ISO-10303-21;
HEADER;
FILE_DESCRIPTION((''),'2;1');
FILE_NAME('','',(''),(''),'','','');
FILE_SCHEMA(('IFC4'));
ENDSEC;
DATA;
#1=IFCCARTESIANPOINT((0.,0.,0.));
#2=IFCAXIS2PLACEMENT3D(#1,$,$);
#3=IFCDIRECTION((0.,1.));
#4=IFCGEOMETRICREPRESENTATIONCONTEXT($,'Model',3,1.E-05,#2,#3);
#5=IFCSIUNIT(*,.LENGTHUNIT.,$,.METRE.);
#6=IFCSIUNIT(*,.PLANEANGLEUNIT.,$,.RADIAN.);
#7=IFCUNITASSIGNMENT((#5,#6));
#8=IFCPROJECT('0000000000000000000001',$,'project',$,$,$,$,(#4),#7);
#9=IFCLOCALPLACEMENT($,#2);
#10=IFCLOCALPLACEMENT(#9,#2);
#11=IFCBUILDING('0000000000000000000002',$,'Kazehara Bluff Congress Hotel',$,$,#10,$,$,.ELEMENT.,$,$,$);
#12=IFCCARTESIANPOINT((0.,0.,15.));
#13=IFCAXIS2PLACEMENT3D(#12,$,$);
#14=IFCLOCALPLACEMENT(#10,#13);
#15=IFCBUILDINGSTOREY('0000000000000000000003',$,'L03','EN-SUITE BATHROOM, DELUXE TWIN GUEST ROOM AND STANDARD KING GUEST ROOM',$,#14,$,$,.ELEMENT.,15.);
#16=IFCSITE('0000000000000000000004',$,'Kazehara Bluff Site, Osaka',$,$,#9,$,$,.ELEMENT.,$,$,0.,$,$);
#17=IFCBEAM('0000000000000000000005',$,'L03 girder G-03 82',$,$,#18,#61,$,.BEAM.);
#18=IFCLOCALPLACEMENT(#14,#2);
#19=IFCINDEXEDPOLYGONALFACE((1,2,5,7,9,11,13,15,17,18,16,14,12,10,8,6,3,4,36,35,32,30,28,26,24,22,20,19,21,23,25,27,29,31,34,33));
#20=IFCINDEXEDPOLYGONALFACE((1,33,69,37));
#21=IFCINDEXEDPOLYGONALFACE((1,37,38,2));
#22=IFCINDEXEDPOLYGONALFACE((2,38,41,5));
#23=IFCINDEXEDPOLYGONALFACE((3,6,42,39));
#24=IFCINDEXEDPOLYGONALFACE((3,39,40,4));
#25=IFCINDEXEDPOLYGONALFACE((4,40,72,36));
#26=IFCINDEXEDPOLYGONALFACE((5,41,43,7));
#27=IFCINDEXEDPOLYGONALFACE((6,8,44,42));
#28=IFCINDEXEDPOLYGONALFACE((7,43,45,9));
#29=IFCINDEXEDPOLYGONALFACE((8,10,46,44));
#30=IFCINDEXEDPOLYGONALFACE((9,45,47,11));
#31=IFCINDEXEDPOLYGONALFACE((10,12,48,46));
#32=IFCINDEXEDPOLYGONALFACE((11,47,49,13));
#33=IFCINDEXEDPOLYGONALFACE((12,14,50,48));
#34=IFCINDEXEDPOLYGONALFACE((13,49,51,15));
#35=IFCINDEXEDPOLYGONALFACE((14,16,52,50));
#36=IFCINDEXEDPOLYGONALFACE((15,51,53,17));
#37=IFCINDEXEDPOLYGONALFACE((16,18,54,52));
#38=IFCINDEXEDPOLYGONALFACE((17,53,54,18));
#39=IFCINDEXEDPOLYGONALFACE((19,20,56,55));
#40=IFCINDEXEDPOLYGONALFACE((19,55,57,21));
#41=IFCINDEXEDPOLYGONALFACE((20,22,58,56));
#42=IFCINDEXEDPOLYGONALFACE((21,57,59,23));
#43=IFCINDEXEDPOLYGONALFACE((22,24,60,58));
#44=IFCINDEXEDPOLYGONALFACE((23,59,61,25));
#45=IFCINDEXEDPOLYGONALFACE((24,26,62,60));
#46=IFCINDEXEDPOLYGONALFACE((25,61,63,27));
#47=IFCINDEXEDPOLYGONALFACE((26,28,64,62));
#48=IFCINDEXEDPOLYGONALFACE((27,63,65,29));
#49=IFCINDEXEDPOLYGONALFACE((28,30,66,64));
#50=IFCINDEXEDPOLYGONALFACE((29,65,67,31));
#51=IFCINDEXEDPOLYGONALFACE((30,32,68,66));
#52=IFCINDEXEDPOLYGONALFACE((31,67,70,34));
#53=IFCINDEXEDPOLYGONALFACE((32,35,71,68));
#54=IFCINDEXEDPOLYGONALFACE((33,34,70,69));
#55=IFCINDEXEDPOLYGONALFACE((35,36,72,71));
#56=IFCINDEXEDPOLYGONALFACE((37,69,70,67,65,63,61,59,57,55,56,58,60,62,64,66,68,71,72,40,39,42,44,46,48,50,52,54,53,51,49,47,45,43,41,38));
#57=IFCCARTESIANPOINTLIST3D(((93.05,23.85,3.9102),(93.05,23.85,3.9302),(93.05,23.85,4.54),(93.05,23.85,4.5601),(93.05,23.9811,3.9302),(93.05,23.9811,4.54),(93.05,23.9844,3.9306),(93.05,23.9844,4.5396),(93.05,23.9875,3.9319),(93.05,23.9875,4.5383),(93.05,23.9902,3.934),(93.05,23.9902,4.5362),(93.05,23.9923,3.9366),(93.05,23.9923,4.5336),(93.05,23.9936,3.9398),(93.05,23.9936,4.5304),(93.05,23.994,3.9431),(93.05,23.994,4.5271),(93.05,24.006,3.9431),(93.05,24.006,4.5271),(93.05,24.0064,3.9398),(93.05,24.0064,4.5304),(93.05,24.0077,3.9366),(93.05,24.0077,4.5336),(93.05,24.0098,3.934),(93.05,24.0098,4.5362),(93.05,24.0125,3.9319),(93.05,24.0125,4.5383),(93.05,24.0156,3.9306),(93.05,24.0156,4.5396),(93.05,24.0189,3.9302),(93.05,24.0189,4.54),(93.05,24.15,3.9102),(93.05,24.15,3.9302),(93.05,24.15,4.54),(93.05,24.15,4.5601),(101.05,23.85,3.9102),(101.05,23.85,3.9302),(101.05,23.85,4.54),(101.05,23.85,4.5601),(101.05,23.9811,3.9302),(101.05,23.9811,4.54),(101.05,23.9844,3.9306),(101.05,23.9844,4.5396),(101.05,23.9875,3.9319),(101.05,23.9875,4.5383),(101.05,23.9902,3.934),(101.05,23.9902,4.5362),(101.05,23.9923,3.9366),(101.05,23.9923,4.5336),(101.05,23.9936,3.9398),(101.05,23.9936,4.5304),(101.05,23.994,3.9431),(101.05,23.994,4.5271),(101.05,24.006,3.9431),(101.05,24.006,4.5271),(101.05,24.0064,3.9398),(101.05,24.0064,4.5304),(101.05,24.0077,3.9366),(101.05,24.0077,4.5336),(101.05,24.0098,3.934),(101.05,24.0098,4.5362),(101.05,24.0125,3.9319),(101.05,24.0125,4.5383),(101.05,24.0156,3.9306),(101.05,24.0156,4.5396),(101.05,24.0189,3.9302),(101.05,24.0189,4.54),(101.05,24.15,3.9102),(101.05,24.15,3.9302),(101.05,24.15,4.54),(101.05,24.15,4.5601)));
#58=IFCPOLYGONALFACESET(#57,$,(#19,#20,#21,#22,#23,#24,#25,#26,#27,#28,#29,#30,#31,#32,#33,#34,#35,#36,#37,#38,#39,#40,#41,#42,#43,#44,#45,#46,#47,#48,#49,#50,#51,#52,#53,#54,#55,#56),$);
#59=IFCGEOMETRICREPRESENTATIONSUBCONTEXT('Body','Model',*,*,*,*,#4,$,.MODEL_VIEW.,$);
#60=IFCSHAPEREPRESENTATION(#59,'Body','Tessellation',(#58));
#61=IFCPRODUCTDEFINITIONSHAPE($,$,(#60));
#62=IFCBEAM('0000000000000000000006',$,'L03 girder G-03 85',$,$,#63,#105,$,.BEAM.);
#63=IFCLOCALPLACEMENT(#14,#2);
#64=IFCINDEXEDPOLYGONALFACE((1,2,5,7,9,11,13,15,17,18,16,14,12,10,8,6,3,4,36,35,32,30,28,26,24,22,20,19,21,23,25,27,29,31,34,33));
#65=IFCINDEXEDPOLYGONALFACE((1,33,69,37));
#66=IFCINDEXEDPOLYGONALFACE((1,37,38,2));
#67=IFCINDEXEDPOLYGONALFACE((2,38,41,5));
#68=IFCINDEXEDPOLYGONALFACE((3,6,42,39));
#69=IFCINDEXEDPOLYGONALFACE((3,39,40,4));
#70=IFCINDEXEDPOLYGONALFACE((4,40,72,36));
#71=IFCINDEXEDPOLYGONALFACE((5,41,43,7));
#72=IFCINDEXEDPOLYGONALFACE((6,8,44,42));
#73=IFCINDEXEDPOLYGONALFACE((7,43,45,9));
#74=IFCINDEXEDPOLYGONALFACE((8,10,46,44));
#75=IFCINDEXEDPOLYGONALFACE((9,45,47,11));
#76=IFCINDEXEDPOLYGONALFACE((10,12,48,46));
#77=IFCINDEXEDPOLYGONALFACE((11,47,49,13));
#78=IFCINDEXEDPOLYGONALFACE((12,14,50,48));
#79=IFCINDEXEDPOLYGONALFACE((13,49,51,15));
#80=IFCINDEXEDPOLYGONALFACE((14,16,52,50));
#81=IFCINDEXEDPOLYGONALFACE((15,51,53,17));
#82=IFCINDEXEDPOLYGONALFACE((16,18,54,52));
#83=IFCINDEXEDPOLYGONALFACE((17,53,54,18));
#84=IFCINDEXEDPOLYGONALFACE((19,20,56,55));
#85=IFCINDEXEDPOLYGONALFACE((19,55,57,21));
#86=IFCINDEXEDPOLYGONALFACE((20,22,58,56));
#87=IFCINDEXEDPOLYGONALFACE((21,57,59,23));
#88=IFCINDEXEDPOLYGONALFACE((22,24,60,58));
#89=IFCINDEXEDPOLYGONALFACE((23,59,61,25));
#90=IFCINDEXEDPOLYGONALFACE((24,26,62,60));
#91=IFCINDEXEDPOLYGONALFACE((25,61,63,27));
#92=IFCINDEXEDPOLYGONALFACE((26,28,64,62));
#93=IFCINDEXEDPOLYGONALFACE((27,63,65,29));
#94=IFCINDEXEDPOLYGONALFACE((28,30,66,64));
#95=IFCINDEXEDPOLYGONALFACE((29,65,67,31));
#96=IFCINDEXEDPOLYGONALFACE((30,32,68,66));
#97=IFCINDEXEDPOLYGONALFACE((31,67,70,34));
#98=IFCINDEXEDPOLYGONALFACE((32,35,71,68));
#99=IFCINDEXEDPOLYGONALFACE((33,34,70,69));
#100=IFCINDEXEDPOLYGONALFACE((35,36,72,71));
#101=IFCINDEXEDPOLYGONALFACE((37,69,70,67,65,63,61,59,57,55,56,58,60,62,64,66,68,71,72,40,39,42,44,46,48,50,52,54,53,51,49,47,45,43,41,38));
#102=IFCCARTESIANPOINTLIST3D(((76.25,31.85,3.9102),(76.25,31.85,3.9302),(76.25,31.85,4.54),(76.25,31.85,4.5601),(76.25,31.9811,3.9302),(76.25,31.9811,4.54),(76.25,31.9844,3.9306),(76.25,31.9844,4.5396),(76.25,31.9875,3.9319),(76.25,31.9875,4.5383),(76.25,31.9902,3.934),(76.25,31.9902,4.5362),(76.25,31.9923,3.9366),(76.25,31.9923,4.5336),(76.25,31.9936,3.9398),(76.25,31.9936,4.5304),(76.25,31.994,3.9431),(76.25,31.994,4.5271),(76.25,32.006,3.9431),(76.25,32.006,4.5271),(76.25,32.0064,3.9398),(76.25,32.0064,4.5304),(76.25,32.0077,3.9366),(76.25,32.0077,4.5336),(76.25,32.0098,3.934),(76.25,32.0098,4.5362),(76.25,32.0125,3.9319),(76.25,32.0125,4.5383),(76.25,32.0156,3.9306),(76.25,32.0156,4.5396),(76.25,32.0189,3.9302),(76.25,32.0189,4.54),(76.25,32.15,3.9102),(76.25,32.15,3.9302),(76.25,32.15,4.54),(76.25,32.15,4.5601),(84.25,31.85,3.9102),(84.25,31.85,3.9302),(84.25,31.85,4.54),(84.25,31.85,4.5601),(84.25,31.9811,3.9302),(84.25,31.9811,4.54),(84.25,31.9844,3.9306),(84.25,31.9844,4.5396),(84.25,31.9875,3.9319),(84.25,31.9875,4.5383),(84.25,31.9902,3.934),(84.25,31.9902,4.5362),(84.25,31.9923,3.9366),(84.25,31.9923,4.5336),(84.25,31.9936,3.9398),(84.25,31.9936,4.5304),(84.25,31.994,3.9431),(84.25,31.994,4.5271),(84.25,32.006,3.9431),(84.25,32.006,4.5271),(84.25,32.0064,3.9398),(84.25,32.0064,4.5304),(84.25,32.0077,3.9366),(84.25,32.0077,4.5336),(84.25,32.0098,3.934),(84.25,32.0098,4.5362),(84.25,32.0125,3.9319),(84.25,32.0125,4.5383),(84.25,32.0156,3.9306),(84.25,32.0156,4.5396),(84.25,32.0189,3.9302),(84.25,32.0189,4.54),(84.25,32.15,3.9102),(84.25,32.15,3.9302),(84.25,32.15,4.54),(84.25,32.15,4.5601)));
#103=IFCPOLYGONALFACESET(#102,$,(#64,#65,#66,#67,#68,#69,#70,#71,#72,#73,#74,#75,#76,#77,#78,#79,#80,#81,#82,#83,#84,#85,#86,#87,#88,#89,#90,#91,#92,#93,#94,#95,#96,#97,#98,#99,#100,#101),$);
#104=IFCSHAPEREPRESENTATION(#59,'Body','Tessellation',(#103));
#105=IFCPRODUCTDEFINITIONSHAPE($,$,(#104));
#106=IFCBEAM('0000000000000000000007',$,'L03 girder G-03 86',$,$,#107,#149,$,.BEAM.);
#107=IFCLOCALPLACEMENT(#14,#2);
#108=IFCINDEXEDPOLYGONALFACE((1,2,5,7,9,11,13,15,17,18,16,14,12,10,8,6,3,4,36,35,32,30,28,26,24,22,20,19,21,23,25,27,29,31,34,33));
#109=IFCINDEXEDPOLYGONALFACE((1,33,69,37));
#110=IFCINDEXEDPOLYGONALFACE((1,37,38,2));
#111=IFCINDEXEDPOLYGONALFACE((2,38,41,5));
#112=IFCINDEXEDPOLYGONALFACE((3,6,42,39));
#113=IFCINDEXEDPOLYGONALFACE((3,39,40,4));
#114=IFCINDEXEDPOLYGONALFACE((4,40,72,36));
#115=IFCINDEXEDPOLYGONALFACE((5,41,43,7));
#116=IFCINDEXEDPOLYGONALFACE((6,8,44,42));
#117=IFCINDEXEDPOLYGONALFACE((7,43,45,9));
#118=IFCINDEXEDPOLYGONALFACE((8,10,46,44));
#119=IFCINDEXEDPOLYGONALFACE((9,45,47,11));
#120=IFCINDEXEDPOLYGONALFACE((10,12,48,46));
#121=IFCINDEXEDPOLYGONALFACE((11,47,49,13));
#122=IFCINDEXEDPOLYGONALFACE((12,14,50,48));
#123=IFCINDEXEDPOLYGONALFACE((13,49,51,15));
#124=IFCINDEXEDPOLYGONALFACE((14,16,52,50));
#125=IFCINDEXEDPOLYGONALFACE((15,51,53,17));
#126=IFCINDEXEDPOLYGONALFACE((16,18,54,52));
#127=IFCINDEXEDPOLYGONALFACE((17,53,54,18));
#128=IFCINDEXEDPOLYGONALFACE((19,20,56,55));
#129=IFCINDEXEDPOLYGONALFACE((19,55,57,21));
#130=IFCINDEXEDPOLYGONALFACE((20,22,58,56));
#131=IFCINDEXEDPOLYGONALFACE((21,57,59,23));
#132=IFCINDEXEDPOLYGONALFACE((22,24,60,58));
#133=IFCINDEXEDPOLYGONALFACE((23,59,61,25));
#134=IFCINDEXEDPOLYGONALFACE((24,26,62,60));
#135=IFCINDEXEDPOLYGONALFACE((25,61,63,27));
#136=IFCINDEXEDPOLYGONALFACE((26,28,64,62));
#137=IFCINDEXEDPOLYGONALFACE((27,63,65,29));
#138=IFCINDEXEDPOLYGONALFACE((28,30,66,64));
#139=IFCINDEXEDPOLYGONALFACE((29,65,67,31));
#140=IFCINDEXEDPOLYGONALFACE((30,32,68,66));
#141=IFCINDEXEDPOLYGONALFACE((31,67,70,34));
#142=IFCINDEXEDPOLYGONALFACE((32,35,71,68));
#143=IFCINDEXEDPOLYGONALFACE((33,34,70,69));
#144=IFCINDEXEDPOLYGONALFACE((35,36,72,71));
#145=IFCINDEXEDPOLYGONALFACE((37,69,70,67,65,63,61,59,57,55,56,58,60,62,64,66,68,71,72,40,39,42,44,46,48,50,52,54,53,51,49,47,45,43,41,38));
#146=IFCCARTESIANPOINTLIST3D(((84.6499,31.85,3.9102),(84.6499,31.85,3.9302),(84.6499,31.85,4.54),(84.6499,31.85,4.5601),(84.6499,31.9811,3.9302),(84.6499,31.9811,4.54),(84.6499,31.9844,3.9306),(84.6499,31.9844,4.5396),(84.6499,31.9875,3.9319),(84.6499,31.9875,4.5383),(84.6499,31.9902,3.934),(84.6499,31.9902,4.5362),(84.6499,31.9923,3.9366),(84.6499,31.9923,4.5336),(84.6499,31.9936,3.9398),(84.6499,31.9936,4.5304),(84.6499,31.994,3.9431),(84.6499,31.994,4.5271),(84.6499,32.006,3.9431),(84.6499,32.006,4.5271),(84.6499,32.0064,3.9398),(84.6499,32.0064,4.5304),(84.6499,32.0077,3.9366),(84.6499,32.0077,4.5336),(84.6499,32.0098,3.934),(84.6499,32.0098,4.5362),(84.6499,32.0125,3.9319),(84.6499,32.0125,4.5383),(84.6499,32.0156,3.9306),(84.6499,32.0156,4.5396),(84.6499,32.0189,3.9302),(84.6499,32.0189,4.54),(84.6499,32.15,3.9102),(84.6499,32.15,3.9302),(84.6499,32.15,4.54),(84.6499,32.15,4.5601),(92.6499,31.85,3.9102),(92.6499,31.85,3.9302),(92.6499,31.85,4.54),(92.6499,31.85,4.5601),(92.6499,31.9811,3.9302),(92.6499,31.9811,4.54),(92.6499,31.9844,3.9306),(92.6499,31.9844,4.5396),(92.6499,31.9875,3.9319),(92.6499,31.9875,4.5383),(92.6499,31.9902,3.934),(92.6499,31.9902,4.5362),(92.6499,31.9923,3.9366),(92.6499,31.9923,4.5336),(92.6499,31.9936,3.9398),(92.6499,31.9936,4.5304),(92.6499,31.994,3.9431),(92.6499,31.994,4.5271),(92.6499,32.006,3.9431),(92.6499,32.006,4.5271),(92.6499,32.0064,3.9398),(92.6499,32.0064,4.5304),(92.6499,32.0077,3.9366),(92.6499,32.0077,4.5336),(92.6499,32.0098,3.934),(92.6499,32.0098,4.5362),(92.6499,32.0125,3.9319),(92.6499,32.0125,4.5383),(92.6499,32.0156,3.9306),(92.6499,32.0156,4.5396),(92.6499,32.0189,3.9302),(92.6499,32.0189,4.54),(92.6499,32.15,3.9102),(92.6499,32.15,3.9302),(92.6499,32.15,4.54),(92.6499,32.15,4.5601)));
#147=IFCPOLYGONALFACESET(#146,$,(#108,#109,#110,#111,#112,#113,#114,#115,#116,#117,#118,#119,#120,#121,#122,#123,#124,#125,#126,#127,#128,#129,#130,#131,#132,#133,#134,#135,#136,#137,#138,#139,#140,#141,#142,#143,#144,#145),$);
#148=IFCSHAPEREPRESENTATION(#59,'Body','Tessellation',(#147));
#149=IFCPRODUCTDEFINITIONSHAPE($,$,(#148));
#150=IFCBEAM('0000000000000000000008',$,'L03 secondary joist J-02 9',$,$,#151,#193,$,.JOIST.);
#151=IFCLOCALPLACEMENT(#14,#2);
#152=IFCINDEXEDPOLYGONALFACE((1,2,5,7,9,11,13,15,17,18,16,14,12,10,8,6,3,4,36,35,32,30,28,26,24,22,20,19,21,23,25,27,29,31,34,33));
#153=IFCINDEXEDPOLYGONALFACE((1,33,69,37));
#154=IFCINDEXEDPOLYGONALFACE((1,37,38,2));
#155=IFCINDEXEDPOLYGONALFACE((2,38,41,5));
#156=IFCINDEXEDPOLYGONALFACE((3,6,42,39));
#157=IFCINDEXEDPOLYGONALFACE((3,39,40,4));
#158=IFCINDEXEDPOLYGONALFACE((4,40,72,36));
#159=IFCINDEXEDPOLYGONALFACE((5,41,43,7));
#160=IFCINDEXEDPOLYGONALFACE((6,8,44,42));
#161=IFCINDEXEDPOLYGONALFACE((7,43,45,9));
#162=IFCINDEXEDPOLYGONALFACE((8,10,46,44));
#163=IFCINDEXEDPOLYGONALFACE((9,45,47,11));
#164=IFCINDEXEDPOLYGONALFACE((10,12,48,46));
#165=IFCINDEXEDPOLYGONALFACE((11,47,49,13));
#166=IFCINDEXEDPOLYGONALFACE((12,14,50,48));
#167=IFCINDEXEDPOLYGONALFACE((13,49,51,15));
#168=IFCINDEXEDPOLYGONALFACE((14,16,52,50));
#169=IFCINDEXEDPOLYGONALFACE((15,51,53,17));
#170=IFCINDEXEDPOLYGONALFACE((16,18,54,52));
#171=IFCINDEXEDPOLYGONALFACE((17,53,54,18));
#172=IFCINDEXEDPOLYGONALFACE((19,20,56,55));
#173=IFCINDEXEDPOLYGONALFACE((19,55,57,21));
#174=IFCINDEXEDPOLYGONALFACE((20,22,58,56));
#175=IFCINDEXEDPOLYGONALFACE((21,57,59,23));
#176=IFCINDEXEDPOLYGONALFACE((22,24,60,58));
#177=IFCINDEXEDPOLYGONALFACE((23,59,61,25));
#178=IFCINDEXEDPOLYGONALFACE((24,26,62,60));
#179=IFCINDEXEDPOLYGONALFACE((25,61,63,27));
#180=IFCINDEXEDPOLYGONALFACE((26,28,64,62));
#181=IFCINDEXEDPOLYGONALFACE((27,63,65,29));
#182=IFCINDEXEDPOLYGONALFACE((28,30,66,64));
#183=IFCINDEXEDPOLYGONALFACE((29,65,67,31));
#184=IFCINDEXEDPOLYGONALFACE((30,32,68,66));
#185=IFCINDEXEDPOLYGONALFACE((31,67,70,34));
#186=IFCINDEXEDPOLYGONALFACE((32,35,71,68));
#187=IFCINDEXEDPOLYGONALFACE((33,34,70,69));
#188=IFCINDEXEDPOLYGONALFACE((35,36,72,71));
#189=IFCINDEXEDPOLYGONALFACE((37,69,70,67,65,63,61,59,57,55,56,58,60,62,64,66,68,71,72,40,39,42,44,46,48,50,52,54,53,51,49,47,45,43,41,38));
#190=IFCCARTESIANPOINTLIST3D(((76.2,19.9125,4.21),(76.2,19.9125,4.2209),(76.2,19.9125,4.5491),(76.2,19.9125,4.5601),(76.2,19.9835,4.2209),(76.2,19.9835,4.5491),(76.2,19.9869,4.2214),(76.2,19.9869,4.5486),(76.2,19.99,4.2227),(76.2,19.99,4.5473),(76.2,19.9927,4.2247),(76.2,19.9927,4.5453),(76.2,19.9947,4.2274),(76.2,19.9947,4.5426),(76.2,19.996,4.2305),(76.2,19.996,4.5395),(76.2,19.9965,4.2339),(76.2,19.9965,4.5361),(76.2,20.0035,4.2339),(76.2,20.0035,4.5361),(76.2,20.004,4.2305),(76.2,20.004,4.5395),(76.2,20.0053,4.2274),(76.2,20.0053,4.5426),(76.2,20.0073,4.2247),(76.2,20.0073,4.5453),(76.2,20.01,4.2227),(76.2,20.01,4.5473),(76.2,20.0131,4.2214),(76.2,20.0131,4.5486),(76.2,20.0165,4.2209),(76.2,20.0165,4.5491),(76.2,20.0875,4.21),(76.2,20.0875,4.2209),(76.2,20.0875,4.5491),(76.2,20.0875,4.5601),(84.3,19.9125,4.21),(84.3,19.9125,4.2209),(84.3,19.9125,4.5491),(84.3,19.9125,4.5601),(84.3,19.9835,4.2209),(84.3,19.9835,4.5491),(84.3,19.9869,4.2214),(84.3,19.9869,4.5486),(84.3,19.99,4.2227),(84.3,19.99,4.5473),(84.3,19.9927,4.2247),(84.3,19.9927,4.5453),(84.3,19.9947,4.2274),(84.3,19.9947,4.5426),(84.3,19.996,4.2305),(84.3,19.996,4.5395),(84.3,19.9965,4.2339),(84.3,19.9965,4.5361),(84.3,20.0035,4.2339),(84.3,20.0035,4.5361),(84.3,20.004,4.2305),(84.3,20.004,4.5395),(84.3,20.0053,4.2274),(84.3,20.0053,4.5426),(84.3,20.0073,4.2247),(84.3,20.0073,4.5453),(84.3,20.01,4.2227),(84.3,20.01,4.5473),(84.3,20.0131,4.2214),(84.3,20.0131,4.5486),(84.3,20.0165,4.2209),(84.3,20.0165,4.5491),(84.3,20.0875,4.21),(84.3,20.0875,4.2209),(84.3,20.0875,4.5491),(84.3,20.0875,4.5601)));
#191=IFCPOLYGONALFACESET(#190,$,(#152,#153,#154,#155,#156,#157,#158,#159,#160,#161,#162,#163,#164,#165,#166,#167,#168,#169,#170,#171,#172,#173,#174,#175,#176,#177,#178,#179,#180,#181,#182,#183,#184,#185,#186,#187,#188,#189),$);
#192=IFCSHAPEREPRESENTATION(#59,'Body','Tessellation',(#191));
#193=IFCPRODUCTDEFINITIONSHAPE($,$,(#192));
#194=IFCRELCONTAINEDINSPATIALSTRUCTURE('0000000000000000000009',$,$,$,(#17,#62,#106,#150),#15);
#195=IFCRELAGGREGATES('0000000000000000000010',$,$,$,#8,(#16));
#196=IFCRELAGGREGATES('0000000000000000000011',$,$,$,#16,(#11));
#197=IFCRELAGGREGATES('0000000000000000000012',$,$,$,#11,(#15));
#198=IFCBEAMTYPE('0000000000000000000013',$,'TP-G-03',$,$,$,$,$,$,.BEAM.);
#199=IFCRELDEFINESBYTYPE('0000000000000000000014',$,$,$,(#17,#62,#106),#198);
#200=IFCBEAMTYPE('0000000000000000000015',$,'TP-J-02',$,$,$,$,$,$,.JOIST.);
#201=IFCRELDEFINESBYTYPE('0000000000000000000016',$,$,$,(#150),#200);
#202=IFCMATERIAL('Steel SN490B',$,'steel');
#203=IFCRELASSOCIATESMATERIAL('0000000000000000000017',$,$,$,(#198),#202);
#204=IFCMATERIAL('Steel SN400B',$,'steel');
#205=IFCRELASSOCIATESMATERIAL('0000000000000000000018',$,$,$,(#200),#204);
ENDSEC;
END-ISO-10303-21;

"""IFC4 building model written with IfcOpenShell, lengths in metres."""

from ifc_helpers import new_model, si_unit, direction, frame, origin, origin_2d, place, context, subcontext, project, spatial, i_section, extrude, material, material_profile, profile_set, type_object, element, save


model = new_model("IFC4")

# Units and contexts
model_context = context("Model", 3, precision=1e-05, world=origin(), true_north=direction((0.0, 1.0)))
body_context = subcontext(model_context, "Body", "Model", "MODEL_VIEW")
ifc_project = project(units=[si_unit("LENGTHUNIT", "METRE"), si_unit("PLANEANGLEUNIT", "RADIAN")], contexts=[model_context])

# Site, building, storey
site_placement = place(None, origin())
site = spatial("IfcSite", under=ifc_project, at=site_placement, Name="Kazehara Bluff Site, Osaka", CompositionType="ELEMENT", RefElevation=0.0)
building_placement = place(site_placement, origin())
building = spatial("IfcBuilding", under=site, at=building_placement, Name="Kazehara Bluff Congress Hotel", CompositionType="ELEMENT")
storey_placement = place(building_placement, frame((0.0, 0.0, 15.0)))
storey = spatial("IfcBuildingStorey", under=building, at=storey_placement, Name="L03", Description="EN-SUITE BATHROOM, DELUXE TWIN GUEST ROOM AND STANDARD KING GUEST ROOM", CompositionType="ELEMENT", Elevation=15.0)

# Beams
ifc_material_1 = material(Name="Steel SN490B", Category="steel")
ifc_material_profile_1 = material_profile(ifc_material_1, i_section(OverallWidth=0.3, OverallDepth=0.6499, WebThickness=0.012, FlangeThickness=0.02, FilletRadius=0.0129, at=origin_2d()))
ifc_profile_set_1 = profile_set([ifc_material_profile_1], Name="Steel SN490B")
beam_type_1 = type_object("IfcBeamType", Name="TP-G-03", PredefinedType="BEAM", material=ifc_profile_set_1)
for number, where, z_axis, x_axis, name in (
    (1, (93.05, 24.0, 4.2351), (1.0, 0.0, 0.0), (0.0, 1.0, 0.0), "L03 girder G-03 82"),
    (2, (76.25, 32.0, 4.2351), (1.0, 0.0, 0.0), (0.0, 1.0, 0.0), "L03 girder G-03 85"),
    (3, (84.6499, 32.0, 4.2351), (1.0, 0.0, 0.0), (0.0, 1.0, 0.0), "L03 girder G-03 86"),
):
    element("IfcBeam", number, at=place(storey_placement, frame(where, z_axis=z_axis, x_axis=x_axis)), inside=storey, type_object=beam_type_1, Name=name, PredefinedType="BEAM", context=body_context, shape_type="SweptSolid", body=[
        extrude(i_section(OverallWidth=0.3, OverallDepth=0.6499, WebThickness=0.012, FlangeThickness=0.02, FilletRadius=0.0129, at=origin_2d()), origin(), (0.0, 0.0, 1.0), 8.0),
    ])
ifc_material_2 = material(Name="Steel SN400B", Category="steel")
ifc_material_profile_2 = material_profile(ifc_material_2, i_section(OverallWidth=0.175, OverallDepth=0.3501, WebThickness=0.0071, FlangeThickness=0.011, FilletRadius=0.0129, at=origin_2d()))
ifc_profile_set_2 = profile_set([ifc_material_profile_2], Name="Steel SN400B")
beam_type_2 = type_object("IfcBeamType", Name="TP-J-02", PredefinedType="JOIST", material=ifc_profile_set_2)
for number, where, z_axis, x_axis, name in (
    (4, (76.2, 20.0, 4.385), (1.0, 0.0, 0.0), (0.0, 1.0, 0.0), "L03 secondary joist J-02 9"),
):
    element("IfcBeam", number, at=place(storey_placement, frame(where, z_axis=z_axis, x_axis=x_axis)), inside=storey, type_object=beam_type_2, Name=name, PredefinedType="JOIST", context=body_context, shape_type="SweptSolid", body=[
        extrude(i_section(OverallWidth=0.175, OverallDepth=0.3501, WebThickness=0.0071, FlangeThickness=0.011, FilletRadius=0.0129, at=origin_2d()), origin(), (0.0, 0.0, 1.0), 8.1001),
    ])

save(model, "model.ifc")
